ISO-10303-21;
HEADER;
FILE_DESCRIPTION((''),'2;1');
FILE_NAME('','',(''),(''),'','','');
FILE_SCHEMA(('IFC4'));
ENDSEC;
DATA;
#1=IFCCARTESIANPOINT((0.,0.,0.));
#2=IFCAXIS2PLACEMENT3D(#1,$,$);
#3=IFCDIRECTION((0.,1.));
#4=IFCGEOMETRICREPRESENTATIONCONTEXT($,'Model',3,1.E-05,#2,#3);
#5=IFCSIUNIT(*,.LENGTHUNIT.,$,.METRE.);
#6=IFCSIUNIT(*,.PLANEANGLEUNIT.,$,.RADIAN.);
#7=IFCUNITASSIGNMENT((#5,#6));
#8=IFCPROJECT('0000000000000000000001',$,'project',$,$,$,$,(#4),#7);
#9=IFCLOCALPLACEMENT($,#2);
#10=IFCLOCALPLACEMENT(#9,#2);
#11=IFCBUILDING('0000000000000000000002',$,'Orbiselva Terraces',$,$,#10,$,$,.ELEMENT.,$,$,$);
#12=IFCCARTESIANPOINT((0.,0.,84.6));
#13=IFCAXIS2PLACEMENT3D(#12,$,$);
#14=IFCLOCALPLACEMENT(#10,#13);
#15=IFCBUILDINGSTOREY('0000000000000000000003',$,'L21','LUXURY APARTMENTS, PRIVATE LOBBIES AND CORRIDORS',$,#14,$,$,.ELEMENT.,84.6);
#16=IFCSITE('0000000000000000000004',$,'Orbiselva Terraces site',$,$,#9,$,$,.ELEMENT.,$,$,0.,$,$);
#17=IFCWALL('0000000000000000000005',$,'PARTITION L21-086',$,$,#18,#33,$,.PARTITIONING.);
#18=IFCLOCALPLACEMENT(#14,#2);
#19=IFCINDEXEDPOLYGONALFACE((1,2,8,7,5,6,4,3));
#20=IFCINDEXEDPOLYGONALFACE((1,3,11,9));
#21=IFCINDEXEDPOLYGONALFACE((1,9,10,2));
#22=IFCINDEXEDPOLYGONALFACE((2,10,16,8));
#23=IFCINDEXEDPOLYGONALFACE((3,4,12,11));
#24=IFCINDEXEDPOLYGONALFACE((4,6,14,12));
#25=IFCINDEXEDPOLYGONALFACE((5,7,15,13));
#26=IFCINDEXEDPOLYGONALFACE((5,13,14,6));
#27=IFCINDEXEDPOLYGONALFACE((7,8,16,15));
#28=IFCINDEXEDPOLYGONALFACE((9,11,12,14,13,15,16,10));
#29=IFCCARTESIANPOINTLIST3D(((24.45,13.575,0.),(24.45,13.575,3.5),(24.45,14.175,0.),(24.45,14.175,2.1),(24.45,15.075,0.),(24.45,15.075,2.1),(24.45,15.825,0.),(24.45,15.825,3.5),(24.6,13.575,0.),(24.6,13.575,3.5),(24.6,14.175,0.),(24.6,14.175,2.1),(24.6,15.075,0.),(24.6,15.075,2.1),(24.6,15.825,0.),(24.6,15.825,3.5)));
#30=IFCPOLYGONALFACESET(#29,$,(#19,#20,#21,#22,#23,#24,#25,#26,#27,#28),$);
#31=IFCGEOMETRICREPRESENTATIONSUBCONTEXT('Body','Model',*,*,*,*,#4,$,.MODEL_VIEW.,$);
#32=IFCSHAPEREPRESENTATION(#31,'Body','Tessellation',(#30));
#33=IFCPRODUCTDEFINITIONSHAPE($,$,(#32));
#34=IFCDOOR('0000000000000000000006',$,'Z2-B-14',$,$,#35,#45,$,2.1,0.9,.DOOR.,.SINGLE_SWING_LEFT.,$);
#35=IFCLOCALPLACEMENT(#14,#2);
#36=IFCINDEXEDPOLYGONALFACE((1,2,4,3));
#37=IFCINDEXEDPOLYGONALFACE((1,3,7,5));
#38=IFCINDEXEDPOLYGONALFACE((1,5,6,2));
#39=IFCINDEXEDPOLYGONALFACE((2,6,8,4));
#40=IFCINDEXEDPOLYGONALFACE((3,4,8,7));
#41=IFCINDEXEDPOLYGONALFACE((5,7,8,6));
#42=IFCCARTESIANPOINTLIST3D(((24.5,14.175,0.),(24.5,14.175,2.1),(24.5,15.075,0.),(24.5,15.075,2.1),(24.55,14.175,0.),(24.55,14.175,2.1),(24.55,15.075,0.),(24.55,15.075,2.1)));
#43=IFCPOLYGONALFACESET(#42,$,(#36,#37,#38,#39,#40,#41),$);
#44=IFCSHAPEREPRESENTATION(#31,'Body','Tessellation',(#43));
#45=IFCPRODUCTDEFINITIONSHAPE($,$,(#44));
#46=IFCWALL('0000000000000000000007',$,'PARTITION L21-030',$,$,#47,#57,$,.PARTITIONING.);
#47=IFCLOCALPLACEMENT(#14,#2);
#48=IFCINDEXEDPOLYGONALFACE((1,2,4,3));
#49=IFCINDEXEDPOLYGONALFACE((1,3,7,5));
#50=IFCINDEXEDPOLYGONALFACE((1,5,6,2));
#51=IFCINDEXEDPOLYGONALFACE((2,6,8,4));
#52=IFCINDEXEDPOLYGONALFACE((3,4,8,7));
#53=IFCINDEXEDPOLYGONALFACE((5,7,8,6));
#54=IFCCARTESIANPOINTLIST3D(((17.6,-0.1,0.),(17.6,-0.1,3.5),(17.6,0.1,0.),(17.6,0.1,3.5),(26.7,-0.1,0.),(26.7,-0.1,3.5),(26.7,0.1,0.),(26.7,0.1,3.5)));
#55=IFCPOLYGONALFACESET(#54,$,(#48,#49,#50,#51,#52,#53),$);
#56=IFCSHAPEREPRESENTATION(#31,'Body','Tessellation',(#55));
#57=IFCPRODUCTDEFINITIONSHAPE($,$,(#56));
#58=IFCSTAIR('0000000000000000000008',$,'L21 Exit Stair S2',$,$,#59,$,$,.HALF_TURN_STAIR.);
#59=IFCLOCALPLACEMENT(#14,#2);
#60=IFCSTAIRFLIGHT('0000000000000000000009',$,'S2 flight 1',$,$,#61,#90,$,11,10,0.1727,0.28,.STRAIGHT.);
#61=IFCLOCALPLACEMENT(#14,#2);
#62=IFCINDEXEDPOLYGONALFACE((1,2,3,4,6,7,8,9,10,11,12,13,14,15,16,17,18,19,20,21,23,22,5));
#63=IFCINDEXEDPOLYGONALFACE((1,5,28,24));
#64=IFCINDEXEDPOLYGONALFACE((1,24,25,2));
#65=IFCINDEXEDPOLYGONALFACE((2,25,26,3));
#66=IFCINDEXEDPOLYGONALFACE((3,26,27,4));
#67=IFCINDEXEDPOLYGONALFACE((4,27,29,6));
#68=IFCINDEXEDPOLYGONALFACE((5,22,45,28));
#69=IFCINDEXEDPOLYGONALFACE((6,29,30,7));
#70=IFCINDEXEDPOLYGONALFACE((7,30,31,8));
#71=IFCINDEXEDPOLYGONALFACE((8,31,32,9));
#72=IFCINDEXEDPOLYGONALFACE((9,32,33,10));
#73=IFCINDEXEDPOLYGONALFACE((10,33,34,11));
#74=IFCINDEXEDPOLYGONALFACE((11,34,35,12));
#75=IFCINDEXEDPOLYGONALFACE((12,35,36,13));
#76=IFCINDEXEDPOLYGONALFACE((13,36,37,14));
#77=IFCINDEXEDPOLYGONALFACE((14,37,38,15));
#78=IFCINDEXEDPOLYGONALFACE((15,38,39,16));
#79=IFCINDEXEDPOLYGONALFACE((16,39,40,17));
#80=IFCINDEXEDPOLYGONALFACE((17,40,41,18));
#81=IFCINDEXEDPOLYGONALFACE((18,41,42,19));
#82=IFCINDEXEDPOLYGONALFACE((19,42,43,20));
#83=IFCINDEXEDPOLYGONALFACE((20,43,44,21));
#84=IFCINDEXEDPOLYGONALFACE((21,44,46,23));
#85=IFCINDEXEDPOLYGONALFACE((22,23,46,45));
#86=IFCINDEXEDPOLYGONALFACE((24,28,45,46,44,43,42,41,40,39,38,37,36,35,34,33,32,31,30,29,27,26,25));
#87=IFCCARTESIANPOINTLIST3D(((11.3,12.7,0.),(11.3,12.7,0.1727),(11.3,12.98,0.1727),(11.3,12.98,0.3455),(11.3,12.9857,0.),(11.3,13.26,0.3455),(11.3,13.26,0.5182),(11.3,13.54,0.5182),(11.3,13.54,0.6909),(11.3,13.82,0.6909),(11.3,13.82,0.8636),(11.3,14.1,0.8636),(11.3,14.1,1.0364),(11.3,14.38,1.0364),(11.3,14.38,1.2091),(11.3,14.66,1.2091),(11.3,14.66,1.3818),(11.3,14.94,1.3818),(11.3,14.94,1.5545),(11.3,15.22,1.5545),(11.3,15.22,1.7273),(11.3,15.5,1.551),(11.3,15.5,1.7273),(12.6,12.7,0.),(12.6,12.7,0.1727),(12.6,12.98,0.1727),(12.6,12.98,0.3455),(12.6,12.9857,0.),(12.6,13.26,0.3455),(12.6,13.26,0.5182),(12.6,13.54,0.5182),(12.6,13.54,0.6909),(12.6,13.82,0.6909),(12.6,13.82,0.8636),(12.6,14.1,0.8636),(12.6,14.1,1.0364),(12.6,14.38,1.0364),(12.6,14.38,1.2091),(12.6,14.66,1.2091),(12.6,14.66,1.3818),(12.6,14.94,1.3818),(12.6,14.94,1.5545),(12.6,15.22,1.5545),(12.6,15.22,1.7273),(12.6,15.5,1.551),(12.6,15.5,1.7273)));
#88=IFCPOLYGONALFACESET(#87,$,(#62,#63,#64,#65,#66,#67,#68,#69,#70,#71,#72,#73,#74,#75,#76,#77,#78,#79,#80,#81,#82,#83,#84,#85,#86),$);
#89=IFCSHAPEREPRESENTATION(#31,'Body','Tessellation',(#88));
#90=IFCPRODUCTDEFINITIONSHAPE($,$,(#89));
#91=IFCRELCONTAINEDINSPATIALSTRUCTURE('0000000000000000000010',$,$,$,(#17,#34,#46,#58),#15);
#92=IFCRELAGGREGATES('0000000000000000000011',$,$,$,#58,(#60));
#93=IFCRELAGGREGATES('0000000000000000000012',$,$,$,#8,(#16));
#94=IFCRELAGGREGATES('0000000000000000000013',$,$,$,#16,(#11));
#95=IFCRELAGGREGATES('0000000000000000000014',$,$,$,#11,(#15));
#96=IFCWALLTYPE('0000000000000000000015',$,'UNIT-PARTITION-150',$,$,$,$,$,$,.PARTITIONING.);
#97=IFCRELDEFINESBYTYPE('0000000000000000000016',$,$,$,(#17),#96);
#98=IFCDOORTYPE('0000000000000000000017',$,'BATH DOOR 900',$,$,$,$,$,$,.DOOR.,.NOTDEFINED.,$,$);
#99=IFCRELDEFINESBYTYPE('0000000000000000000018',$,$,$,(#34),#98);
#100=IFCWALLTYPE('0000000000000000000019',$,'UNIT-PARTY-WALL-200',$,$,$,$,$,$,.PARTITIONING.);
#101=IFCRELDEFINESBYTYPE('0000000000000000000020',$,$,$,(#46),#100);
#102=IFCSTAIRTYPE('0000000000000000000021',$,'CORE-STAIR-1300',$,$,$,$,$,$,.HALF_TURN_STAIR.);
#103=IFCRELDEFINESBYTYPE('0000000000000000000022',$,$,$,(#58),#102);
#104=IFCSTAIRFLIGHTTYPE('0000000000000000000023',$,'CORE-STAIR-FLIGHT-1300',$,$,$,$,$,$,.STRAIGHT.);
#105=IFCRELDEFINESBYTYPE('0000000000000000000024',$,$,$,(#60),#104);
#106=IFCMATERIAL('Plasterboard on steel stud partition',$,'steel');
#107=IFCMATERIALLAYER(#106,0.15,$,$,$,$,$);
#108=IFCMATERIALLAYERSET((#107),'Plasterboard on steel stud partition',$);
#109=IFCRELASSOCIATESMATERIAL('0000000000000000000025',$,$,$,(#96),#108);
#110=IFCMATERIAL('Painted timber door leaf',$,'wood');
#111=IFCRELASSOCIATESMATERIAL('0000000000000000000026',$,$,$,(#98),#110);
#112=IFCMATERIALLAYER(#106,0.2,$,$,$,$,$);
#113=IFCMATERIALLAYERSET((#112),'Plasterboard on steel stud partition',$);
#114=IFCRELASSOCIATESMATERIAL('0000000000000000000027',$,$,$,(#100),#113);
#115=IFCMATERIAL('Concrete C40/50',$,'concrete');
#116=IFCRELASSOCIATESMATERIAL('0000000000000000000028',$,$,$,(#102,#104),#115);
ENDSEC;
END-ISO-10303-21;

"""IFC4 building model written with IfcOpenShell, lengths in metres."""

from ifc_helpers import new_model, si_unit, direction, frame, frame_2d, origin, place, context, subcontext, project, spatial, polyline, rectangle, outline, extrude, material, layer, layer_set, type_object, element, fill, aggregate, save


model = new_model("IFC4")

# Units and contexts
model_context = context("Model", 3, precision=1e-05, world=origin(), true_north=direction((0.0, 1.0)))
body_context = subcontext(model_context, "Body", "Model", "MODEL_VIEW")
ifc_project = project(units=[si_unit("LENGTHUNIT", "METRE"), si_unit("PLANEANGLEUNIT", "RADIAN")], contexts=[model_context])

# Site, building, storey
site_placement = place(None, origin())
site = spatial("IfcSite", under=ifc_project, at=site_placement, Name="Orbiselva Terraces site", CompositionType="ELEMENT", RefElevation=0.0)
building_placement = place(site_placement, origin())
building = spatial("IfcBuilding", under=site, at=building_placement, Name="Orbiselva Terraces", CompositionType="ELEMENT")
storey_placement = place(building_placement, frame((0.0, 0.0, 84.6)))
storey = spatial("IfcBuildingStorey", under=building, at=storey_placement, Name="L21", Description="LUXURY APARTMENTS, PRIVATE LOBBIES AND CORRIDORS", CompositionType="ELEMENT", Elevation=84.6)

# Shared definitions
ifc_material_1 = material(Name="Plasterboard on steel stud partition", Category="steel")
ifc_material_2 = material(Name="Painted timber door leaf", Category="wood")
ifc_layer_1 = layer(ifc_material_1, 0.15)
ifc_layer_set_1 = layer_set([ifc_layer_1], Name="Plasterboard on steel stud partition")
wall_type_1 = type_object("IfcWallType", Name="UNIT-PARTITION-150", PredefinedType="PARTITIONING", material=ifc_layer_set_1)
door_type_1 = type_object("IfcDoorType", Name="BATH DOOR 900", OperationType="NOTDEFINED", PredefinedType="DOOR", material=ifc_material_2)

# Wall, opening, door
wall_1_placement = place(storey_placement, frame((24.525, 13.575, 0.0), z_axis=(0.0, 0.0, 1.0), x_axis=(0.0, 1.0, 0.0)))
wall_1 = element("IfcWall", 1, at=wall_1_placement, inside=storey, type_object=wall_type_1, Name="PARTITION L21-086", PredefinedType="PARTITIONING", context=body_context, shape_type="SweptSolid", body=[
    extrude(rectangle(XDim=2.25, YDim=0.15, at=frame_2d((1.125, 0.0))), origin(), (0.0, 0.0, 1.0), 3.5),
])
opening_1_placement = place(wall_1_placement, frame((0.6, 0.0, 0.0)))
opening_1 = element("IfcOpeningElement", 2, at=opening_1_placement, cuts=wall_1, PredefinedType="OPENING", context=body_context, shape_type="SweptSolid", body=[
    extrude(rectangle(XDim=0.9, YDim=2.1, at=frame_2d((0.45, 1.05))), frame((0.0, 0.085, 0.0), z_axis=(0.0, -1.0, 0.0), x_axis=(1.0, 0.0, 0.0)), (0.0, 0.0, 1.0), 0.17),
])
door_1_placement = place(opening_1_placement, origin())
door_1 = element("IfcDoor", 3, at=door_1_placement, inside=storey, type_object=door_type_1, Name="Z2-B-14", OperationType="SINGLE_SWING_LEFT", OverallHeight=2.1, OverallWidth=0.9, PredefinedType="DOOR", context=body_context, shape_type="SweptSolid", body=[
    extrude(rectangle(XDim=0.9, YDim=2.1, at=frame_2d((0.45, 1.05))), frame((0.0, 0.025, 0.0), z_axis=(0.0, -1.0, 0.0), x_axis=(1.0, 0.0, 0.0)), (0.0, 0.0, 1.0), 0.05),
])
fill(opening_1, door_1)

# Wall
ifc_layer_2 = layer(ifc_material_1, 0.2)
ifc_layer_set_2 = layer_set([ifc_layer_2], Name="Plasterboard on steel stud partition")
wall_type_2 = type_object("IfcWallType", Name="UNIT-PARTY-WALL-200", PredefinedType="PARTITIONING", material=ifc_layer_set_2)
wall_2_placement = place(storey_placement, frame((17.6, 0.0, 0.0), z_axis=(0.0, 0.0, 1.0), x_axis=(1.0, 0.0, 0.0)))
element("IfcWall", 4, at=wall_2_placement, inside=storey, type_object=wall_type_2, Name="PARTITION L21-030", PredefinedType="PARTITIONING", context=body_context, shape_type="SweptSolid", body=[
    extrude(rectangle(XDim=9.1, YDim=0.2, at=frame_2d((4.55, 0.0))), origin(), (0.0, 0.0, 1.0), 3.5),
])

# Stair, stair flight
ifc_material_3 = material(Name="Concrete C40/50", Category="concrete")
stair_type = type_object("IfcStairType", Name="CORE-STAIR-1300", PredefinedType="HALF_TURN_STAIR", material=ifc_material_3)
stair_placement = place(storey_placement, origin())
stair = element("IfcStair", 5, at=stair_placement, inside=storey, type_object=stair_type, Name="L21 Exit Stair S2", PredefinedType="HALF_TURN_STAIR")
stair_flight_type = type_object("IfcStairFlightType", Name="CORE-STAIR-FLIGHT-1300", PredefinedType="STRAIGHT", material=ifc_material_3)
stair_flight_placement = place(storey_placement, frame((11.95, 12.7, 0.0), z_axis=(0.0, 0.0, 1.0), x_axis=(0.0, 1.0, 0.0)))
stair_flight = element("IfcStairFlight", 6, at=stair_flight_placement, type_object=stair_flight_type, Name="S2 flight 1", NumberOfRisers=11, NumberOfTreads=10, PredefinedType="STRAIGHT", RiserHeight=0.1727, TreadLength=0.28, context=body_context, shape_type="SweptSolid", body=[
    extrude(outline(polyline([(0.0, 0.0), (0.0, 0.1727), (0.28, 0.1727), (0.28, 0.3455), (0.56, 0.3455), (0.56, 0.5182), (0.84, 0.5182), (0.84, 0.6909), (1.12, 0.6909), (1.12, 0.8636), (1.4, 0.8636), (1.4, 1.0364), (1.68, 1.0364), (1.68, 1.2091), (1.96, 1.2091), (1.96, 1.3818), (2.24, 1.3818), (2.24, 1.5545), (2.52, 1.5545), (2.52, 1.7273), (2.8, 1.7273), (2.8, 1.9), (2.8, 1.551), (0.2857, 0.0), (0.0, 0.0)])), frame((0.0, 0.65, 0.0), z_axis=(0.0, -1.0, 0.0), x_axis=(1.0, 0.0, 0.0)), (0.0, 0.0, 1.0), 1.3),
])
aggregate(stair, [stair_flight])

save(model, "model.ifc")
